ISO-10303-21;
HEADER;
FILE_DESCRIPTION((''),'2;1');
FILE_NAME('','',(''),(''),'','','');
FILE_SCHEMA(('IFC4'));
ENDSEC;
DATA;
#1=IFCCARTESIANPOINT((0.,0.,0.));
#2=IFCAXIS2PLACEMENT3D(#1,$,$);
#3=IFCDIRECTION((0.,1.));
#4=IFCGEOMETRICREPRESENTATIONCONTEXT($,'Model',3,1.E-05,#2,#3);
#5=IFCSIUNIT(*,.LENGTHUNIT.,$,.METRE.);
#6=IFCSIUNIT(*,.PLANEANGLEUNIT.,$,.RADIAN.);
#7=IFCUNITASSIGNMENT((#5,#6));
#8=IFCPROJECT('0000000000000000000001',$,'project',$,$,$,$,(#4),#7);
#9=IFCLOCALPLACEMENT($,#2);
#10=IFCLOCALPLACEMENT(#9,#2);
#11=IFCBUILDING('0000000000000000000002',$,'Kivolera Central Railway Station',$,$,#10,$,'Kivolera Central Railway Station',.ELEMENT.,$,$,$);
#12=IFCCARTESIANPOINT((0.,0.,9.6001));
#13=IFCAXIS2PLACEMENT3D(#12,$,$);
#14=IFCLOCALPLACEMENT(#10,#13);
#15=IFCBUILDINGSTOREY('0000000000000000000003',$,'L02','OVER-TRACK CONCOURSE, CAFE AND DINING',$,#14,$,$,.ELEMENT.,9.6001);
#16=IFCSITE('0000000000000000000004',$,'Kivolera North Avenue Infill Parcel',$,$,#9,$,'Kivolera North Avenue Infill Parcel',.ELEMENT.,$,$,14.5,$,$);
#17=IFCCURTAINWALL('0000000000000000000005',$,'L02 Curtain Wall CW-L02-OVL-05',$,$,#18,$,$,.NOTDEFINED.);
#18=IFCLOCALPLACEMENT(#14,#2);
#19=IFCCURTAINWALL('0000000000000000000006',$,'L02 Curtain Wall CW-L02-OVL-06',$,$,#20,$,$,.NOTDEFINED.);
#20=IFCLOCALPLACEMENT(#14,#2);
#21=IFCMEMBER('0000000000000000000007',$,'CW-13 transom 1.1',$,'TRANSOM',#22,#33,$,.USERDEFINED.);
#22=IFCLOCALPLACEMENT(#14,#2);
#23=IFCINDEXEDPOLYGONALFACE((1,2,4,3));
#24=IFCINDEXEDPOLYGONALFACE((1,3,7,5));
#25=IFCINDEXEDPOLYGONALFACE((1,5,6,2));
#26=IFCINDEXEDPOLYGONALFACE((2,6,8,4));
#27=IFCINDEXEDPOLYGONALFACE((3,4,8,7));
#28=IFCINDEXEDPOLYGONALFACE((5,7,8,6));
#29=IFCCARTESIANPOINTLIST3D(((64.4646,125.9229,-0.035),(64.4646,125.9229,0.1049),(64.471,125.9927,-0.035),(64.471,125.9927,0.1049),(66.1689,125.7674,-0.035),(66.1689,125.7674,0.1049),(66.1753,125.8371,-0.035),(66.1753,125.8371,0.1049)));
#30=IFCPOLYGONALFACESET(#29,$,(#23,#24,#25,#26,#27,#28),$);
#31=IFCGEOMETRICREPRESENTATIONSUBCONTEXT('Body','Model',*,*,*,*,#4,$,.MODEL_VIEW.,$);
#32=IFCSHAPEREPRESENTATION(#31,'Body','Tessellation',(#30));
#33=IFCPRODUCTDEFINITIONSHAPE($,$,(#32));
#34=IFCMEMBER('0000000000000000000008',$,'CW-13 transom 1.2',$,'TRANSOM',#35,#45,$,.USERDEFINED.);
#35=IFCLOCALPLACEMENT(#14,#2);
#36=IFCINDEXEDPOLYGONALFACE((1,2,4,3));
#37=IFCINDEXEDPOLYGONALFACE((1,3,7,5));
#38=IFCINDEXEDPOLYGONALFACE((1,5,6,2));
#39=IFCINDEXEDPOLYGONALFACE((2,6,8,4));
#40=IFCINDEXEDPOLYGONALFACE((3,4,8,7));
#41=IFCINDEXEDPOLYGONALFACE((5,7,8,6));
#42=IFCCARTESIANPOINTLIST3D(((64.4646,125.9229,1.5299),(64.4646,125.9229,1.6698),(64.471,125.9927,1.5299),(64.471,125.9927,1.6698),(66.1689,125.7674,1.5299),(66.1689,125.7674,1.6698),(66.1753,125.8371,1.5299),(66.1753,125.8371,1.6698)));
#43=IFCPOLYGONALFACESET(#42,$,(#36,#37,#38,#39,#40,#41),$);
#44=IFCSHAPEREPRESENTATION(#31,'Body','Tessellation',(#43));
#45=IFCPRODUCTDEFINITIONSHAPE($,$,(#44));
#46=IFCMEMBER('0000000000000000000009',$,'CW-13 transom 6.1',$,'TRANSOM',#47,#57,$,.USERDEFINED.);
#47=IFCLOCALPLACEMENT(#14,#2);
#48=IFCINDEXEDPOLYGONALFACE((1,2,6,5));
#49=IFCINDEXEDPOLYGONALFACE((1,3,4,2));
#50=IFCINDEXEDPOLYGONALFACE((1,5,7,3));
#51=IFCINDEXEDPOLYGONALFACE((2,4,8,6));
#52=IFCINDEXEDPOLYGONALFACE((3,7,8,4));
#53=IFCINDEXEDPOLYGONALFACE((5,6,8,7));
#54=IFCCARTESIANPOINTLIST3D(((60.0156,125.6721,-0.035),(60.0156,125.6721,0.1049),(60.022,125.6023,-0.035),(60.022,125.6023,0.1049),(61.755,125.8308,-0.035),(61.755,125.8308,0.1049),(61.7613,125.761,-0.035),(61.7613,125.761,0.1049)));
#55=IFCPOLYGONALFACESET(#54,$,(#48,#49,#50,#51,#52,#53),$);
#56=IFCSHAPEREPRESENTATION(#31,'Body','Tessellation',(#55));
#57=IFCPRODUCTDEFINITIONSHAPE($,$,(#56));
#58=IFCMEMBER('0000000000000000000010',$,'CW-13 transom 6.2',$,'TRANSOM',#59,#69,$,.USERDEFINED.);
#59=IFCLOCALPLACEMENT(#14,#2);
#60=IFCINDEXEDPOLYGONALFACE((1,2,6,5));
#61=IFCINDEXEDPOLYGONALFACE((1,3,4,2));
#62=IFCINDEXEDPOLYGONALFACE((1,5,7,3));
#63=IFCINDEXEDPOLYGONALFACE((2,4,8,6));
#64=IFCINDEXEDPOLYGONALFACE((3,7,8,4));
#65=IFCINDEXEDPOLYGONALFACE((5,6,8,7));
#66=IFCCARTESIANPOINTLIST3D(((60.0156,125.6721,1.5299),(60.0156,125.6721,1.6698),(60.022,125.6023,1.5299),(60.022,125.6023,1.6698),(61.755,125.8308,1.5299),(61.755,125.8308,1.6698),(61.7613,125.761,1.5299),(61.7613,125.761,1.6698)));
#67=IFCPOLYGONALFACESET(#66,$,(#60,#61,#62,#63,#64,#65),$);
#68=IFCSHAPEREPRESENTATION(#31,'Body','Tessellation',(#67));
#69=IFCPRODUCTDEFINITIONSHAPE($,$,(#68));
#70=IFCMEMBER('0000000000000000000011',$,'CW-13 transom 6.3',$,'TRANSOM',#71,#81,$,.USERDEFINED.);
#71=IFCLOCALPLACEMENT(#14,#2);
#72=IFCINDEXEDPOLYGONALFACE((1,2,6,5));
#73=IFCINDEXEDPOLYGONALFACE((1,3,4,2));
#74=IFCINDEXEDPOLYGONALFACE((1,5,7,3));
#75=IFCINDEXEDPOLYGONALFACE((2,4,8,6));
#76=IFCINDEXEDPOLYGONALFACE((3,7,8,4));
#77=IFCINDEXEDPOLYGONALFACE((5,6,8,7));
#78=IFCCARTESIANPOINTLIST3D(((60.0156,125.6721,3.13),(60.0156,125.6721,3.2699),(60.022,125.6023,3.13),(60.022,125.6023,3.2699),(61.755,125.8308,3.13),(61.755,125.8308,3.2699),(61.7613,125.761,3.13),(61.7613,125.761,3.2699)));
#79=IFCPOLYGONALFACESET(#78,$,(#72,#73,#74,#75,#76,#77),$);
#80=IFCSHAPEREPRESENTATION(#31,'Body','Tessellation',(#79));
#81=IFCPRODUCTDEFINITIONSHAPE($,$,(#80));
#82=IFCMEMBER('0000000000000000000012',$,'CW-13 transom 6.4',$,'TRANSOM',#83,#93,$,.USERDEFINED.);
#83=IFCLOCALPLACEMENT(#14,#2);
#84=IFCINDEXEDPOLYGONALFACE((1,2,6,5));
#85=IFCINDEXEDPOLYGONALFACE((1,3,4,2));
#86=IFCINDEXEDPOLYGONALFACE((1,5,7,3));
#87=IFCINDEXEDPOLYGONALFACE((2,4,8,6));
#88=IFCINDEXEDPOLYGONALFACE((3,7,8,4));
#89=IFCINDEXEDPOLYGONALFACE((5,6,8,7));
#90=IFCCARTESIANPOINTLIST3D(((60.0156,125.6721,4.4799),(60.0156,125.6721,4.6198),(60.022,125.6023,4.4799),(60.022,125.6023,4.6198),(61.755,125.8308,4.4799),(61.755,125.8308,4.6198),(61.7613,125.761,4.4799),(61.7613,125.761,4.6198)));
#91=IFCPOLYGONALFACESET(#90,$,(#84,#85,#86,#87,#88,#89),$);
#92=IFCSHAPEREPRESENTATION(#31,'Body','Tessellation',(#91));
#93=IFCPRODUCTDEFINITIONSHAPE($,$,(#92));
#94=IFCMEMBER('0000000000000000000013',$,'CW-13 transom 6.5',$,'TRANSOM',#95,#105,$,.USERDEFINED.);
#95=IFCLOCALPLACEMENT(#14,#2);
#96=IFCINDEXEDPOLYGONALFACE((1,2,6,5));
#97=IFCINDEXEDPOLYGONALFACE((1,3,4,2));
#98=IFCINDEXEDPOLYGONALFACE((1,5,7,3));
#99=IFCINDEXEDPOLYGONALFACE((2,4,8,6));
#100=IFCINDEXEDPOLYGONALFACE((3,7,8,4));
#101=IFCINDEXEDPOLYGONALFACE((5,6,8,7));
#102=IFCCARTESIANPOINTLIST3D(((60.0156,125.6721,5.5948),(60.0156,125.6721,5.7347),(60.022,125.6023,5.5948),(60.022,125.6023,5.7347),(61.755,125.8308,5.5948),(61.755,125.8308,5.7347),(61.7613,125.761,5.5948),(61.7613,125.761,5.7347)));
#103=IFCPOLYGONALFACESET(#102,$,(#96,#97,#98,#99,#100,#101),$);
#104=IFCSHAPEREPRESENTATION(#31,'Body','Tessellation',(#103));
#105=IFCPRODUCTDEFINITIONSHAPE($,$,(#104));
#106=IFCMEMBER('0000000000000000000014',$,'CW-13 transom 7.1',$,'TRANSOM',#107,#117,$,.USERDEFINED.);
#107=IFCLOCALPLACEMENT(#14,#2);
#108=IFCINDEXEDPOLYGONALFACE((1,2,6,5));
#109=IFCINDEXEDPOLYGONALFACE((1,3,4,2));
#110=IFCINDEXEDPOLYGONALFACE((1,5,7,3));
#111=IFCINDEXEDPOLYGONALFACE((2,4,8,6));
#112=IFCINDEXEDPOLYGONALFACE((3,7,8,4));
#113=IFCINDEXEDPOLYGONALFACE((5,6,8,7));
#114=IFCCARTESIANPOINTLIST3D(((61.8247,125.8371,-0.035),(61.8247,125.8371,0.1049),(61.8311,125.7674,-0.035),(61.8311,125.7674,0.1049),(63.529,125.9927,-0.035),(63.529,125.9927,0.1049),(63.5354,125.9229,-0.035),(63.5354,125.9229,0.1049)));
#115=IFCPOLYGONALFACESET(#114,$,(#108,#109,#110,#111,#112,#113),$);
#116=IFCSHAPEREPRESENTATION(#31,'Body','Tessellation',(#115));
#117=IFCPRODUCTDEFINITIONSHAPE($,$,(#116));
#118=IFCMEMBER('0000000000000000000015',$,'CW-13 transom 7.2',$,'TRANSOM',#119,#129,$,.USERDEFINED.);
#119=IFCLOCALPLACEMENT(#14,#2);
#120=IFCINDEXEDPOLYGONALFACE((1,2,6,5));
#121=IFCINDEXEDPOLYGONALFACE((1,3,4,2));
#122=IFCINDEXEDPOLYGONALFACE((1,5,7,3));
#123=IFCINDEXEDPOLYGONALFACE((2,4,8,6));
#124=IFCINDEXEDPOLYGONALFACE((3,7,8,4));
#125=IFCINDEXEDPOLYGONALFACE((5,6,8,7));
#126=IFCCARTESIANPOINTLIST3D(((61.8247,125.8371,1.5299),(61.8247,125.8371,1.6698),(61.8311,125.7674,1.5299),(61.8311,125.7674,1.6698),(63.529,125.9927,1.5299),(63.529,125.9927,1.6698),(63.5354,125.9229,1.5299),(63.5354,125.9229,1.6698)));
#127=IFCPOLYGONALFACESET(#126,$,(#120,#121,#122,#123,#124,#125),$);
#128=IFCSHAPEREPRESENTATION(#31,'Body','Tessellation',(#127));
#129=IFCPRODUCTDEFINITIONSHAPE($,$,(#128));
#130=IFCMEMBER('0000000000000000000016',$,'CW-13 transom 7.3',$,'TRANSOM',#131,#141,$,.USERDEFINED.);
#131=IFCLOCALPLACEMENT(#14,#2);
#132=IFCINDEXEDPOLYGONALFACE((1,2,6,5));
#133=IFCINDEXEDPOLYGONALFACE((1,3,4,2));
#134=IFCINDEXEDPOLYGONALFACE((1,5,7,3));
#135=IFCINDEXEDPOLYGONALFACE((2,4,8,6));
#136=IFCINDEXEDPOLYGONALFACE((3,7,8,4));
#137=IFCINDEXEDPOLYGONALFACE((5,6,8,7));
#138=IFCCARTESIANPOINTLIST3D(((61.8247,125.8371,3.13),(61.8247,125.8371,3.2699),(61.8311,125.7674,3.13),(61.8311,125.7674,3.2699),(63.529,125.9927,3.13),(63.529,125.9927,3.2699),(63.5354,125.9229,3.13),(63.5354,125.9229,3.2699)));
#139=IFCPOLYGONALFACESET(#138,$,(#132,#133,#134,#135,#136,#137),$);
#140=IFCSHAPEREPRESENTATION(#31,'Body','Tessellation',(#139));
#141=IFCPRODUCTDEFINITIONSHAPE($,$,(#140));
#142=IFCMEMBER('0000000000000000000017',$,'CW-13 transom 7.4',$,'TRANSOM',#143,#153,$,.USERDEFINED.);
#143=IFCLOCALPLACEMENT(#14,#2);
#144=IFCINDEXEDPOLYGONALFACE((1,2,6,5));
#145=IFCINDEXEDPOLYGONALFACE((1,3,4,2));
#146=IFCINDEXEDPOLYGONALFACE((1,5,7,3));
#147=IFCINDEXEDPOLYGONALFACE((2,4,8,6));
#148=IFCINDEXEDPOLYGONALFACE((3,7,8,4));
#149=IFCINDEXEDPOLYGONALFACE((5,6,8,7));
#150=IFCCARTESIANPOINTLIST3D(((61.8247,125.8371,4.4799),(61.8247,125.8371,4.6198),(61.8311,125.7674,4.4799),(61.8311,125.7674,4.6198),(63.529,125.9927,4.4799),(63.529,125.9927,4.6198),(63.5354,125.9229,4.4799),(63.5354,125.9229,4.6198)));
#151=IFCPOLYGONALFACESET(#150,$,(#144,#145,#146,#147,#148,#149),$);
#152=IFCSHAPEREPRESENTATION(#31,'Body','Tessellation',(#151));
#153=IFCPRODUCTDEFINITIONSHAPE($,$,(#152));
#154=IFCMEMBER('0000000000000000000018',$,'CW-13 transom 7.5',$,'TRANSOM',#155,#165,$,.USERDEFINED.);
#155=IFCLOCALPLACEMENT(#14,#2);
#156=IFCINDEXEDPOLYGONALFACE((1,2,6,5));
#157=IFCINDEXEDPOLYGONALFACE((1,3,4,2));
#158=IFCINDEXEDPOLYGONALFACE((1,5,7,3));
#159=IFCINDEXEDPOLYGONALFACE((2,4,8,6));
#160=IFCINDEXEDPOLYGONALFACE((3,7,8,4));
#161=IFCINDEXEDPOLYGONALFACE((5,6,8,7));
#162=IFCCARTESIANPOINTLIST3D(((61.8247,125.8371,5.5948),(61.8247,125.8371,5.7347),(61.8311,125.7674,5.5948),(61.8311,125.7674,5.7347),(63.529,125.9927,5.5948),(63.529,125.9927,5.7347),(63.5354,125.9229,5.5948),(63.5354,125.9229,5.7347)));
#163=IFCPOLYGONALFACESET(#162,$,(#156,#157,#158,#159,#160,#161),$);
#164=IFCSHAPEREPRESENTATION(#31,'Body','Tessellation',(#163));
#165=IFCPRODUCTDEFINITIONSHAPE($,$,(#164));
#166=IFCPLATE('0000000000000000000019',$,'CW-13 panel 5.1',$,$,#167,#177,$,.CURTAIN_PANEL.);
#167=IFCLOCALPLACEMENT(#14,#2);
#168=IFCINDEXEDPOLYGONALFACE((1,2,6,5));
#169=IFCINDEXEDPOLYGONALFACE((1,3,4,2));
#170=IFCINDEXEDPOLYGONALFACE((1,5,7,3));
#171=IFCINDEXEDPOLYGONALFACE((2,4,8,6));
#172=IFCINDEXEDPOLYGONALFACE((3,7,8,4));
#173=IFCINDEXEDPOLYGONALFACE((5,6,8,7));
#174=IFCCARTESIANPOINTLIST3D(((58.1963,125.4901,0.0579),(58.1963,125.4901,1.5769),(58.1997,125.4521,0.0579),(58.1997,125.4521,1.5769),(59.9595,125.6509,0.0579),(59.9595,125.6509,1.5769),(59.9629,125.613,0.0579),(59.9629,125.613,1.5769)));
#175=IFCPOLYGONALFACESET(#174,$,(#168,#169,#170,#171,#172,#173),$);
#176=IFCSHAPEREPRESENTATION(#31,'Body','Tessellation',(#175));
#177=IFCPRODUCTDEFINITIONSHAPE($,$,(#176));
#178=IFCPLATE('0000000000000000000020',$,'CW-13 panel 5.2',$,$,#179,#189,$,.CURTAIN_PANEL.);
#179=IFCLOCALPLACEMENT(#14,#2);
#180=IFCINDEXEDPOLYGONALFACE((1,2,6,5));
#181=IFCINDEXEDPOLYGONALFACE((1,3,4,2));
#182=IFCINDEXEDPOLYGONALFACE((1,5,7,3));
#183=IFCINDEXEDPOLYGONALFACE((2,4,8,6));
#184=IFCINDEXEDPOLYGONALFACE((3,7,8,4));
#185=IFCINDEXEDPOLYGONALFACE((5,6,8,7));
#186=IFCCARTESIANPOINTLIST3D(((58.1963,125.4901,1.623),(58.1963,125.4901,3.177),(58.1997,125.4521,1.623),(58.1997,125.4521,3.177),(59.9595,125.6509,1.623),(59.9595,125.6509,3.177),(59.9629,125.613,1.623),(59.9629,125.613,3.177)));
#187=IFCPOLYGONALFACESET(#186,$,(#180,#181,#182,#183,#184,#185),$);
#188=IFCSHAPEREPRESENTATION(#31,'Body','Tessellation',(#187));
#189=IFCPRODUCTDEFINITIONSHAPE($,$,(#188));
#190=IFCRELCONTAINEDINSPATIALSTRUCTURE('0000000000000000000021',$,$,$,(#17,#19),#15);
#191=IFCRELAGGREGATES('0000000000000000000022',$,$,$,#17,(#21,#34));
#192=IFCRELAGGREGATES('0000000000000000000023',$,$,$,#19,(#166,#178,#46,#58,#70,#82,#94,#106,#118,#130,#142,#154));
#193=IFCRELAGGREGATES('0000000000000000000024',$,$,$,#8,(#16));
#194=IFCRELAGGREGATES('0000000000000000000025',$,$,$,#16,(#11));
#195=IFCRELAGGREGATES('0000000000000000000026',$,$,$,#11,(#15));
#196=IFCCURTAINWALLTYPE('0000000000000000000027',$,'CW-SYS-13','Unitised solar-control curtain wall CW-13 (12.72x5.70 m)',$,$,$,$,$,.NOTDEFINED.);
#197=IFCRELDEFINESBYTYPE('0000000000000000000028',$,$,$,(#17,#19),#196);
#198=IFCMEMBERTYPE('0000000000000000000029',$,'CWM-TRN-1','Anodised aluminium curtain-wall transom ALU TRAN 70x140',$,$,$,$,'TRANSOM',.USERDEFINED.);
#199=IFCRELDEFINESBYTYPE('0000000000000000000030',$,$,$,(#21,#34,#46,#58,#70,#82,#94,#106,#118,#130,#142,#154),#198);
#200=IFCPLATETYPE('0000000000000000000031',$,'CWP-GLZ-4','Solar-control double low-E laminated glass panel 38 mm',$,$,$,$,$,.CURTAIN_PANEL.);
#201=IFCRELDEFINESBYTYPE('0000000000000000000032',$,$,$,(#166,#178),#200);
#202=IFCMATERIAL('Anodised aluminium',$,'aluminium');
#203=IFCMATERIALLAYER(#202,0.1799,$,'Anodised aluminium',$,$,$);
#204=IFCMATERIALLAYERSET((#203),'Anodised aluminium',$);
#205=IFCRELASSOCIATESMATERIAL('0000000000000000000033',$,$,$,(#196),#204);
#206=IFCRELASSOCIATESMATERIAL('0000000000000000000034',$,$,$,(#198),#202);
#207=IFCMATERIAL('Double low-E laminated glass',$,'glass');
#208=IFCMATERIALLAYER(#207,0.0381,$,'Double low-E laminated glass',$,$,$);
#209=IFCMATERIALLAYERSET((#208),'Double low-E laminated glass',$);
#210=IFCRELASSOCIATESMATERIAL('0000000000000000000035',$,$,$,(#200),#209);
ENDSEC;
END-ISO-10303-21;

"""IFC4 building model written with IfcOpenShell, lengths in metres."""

from ifc_helpers import new_model, si_unit, direction, frame, origin, origin_2d, place, context, subcontext, project, spatial, rectangle, extrude, material, layer, layer_set, material_profile, profile_set, type_object, element, aggregate, save


model = new_model("IFC4")

# Units and contexts
model_context = context("Model", 3, precision=1e-05, world=origin(), true_north=direction((0.0, 1.0)))
body_context = subcontext(model_context, "Body", "Model", "MODEL_VIEW")
ifc_project = project(units=[si_unit("LENGTHUNIT", "METRE"), si_unit("PLANEANGLEUNIT", "RADIAN")], contexts=[model_context])

# Site, building, storey
site_placement = place(None, origin())
site = spatial("IfcSite", under=ifc_project, at=site_placement, Name="Kivolera North Avenue Infill Parcel", LongName="Kivolera North Avenue Infill Parcel", CompositionType="ELEMENT", RefElevation=14.5)
building_placement = place(site_placement, origin())
building = spatial("IfcBuilding", under=site, at=building_placement, Name="Kivolera Central Railway Station", LongName="Kivolera Central Railway Station", CompositionType="ELEMENT")
storey_placement = place(building_placement, frame((0.0, 0.0, 9.6001)))
storey = spatial("IfcBuildingStorey", under=building, at=storey_placement, Name="L02", Description="OVER-TRACK CONCOURSE, CAFE AND DINING", CompositionType="ELEMENT", Elevation=9.6001)

# Curtain wall
ifc_material_1 = material(Name="Anodised aluminium", Category="aluminium")
ifc_layer_1 = layer(ifc_material_1, 0.1799, Name="Anodised aluminium")
ifc_layer_set_1 = layer_set([ifc_layer_1], Name="Anodised aluminium")
curtain_wall_type = type_object("IfcCurtainWallType", Name="CW-SYS-13", Description="Unitised solar-control curtain wall CW-13 (12.72x5.70 m)", PredefinedType="NOTDEFINED", material=ifc_layer_set_1)
curtain_wall_1_placement = place(storey_placement, origin())
curtain_wall_1 = element("IfcCurtainWall", 1, at=curtain_wall_1_placement, inside=storey, type_object=curtain_wall_type, Name="L02 Curtain Wall CW-L02-OVL-05", PredefinedType="NOTDEFINED")

# Curtain wall
curtain_wall_2_placement = place(storey_placement, origin())
curtain_wall_2 = element("IfcCurtainWall", 2, at=curtain_wall_2_placement, inside=storey, type_object=curtain_wall_type, Name="L02 Curtain Wall CW-L02-OVL-06", PredefinedType="NOTDEFINED")

# Members
ifc_material_profile_1 = material_profile(ifc_material_1, rectangle(XDim=0.0701, YDim=0.1399, at=origin_2d()), Name="ALU TRAN 70x140")
ifc_profile_set_1 = profile_set([ifc_material_profile_1], Name="Anodised aluminium")
member_type_1 = type_object("IfcMemberType", Name="CWM-TRN-1", Description="Anodised aluminium curtain-wall transom ALU TRAN 70x140", ElementType="TRANSOM", PredefinedType="USERDEFINED", material=ifc_profile_set_1)
member_1_placement = place(storey_placement, frame((64.4678, 125.9578, 0.0349), z_axis=(0.995863, -0.09087, 0.0), x_axis=(0.09087, 0.995863, 0.0)))
member_1 = element("IfcMember", 3, at=member_1_placement, type_object=member_type_1, Name="CW-13 transom 1.1", ObjectType="TRANSOM", PredefinedType="USERDEFINED", context=body_context, shape_type="SweptSolid", body=[
    extrude(rectangle(XDim=0.0701, YDim=0.1399, at=origin_2d()), origin(), (0.0, 0.0, 1.0), 1.7114),
])
member_2_placement = place(storey_placement, frame((64.4678, 125.9578, 1.5999), z_axis=(0.995863, -0.09087, 0.0), x_axis=(0.09087, 0.995863, 0.0)))
member_2 = element("IfcMember", 4, at=member_2_placement, type_object=member_type_1, Name="CW-13 transom 1.2", ObjectType="TRANSOM", PredefinedType="USERDEFINED", context=body_context, shape_type="SweptSolid", body=[
    extrude(rectangle(XDim=0.0701, YDim=0.1399, at=origin_2d()), origin(), (0.0, 0.0, 1.0), 1.7114),
])
aggregate(curtain_wall_1, [member_1, member_2])
member_3_placement = place(storey_placement, frame((60.0188, 125.6372, 0.0349), z_axis=(0.995863, 0.090863, 0.0), x_axis=(-0.090863, 0.995863, 0.0)))
member_3 = element("IfcMember", 5, at=member_3_placement, type_object=member_type_1, Name="CW-13 transom 6.1", ObjectType="TRANSOM", PredefinedType="USERDEFINED", context=body_context, shape_type="SweptSolid", body=[
    extrude(rectangle(XDim=0.0701, YDim=0.1399, at=origin_2d()), origin(), (0.0, 0.0, 1.0), 1.7466),
])
member_4_placement = place(storey_placement, frame((60.0188, 125.6372, 1.5999), z_axis=(0.995863, 0.090863, 0.0), x_axis=(-0.090863, 0.995863, 0.0)))
member_4 = element("IfcMember", 6, at=member_4_placement, type_object=member_type_1, Name="CW-13 transom 6.2", ObjectType="TRANSOM", PredefinedType="USERDEFINED", context=body_context, shape_type="SweptSolid", body=[
    extrude(rectangle(XDim=0.0701, YDim=0.1399, at=origin_2d()), origin(), (0.0, 0.0, 1.0), 1.7466),
])
member_5_placement = place(storey_placement, frame((60.0188, 125.6372, 3.2), z_axis=(0.995863, 0.090863, 0.0), x_axis=(-0.090863, 0.995863, 0.0)))
member_5 = element("IfcMember", 7, at=member_5_placement, type_object=member_type_1, Name="CW-13 transom 6.3", ObjectType="TRANSOM", PredefinedType="USERDEFINED", context=body_context, shape_type="SweptSolid", body=[
    extrude(rectangle(XDim=0.0701, YDim=0.1399, at=origin_2d()), origin(), (0.0, 0.0, 1.0), 1.7466),
])
member_6_placement = place(storey_placement, frame((60.0188, 125.6372, 4.5498), z_axis=(0.995863, 0.090863, 0.0), x_axis=(-0.090863, 0.995863, 0.0)))
member_6 = element("IfcMember", 8, at=member_6_placement, type_object=member_type_1, Name="CW-13 transom 6.4", ObjectType="TRANSOM", PredefinedType="USERDEFINED", context=body_context, shape_type="SweptSolid", body=[
    extrude(rectangle(XDim=0.0701, YDim=0.1399, at=origin_2d()), origin(), (0.0, 0.0, 1.0), 1.7466),
])
member_7_placement = place(storey_placement, frame((60.0188, 125.6372, 5.6648), z_axis=(0.995863, 0.090863, 0.0), x_axis=(-0.090863, 0.995863, 0.0)))
member_7 = element("IfcMember", 9, at=member_7_placement, type_object=member_type_1, Name="CW-13 transom 6.5", ObjectType="TRANSOM", PredefinedType="USERDEFINED", context=body_context, shape_type="SweptSolid", body=[
    extrude(rectangle(XDim=0.0701, YDim=0.1399, at=origin_2d()), origin(), (0.0, 0.0, 1.0), 1.7466),
])
member_8_placement = place(storey_placement, frame((61.8279, 125.8022, 0.0349), z_axis=(0.995863, 0.09087, 0.0), x_axis=(-0.09087, 0.995863, 0.0)))
member_8 = element("IfcMember", 10, at=member_8_placement, type_object=member_type_1, Name="CW-13 transom 7.1", ObjectType="TRANSOM", PredefinedType="USERDEFINED", context=body_context, shape_type="SweptSolid", body=[
    extrude(rectangle(XDim=0.0701, YDim=0.1399, at=origin_2d()), origin(), (0.0, 0.0, 1.0), 1.7114),
])
member_9_placement = place(storey_placement, frame((61.8279, 125.8022, 1.5999), z_axis=(0.995863, 0.09087, 0.0), x_axis=(-0.09087, 0.995863, 0.0)))
member_9 = element("IfcMember", 11, at=member_9_placement, type_object=member_type_1, Name="CW-13 transom 7.2", ObjectType="TRANSOM", PredefinedType="USERDEFINED", context=body_context, shape_type="SweptSolid", body=[
    extrude(rectangle(XDim=0.0701, YDim=0.1399, at=origin_2d()), origin(), (0.0, 0.0, 1.0), 1.7114),
])
member_10_placement = place(storey_placement, frame((61.8279, 125.8022, 3.2), z_axis=(0.995863, 0.09087, 0.0), x_axis=(-0.09087, 0.995863, 0.0)))
member_10 = element("IfcMember", 12, at=member_10_placement, type_object=member_type_1, Name="CW-13 transom 7.3", ObjectType="TRANSOM", PredefinedType="USERDEFINED", context=body_context, shape_type="SweptSolid", body=[
    extrude(rectangle(XDim=0.0701, YDim=0.1399, at=origin_2d()), origin(), (0.0, 0.0, 1.0), 1.7114),
])
member_11_placement = place(storey_placement, frame((61.8279, 125.8022, 4.5498), z_axis=(0.995863, 0.09087, 0.0), x_axis=(-0.09087, 0.995863, 0.0)))
member_11 = element("IfcMember", 13, at=member_11_placement, type_object=member_type_1, Name="CW-13 transom 7.4", ObjectType="TRANSOM", PredefinedType="USERDEFINED", context=body_context, shape_type="SweptSolid", body=[
    extrude(rectangle(XDim=0.0701, YDim=0.1399, at=origin_2d()), origin(), (0.0, 0.0, 1.0), 1.7114),
])
member_12_placement = place(storey_placement, frame((61.8279, 125.8022, 5.6648), z_axis=(0.995863, 0.09087, 0.0), x_axis=(-0.09087, 0.995863, 0.0)))
member_12 = element("IfcMember", 14, at=member_12_placement, type_object=member_type_1, Name="CW-13 transom 7.5", ObjectType="TRANSOM", PredefinedType="USERDEFINED", context=body_context, shape_type="SweptSolid", body=[
    extrude(rectangle(XDim=0.0701, YDim=0.1399, at=origin_2d()), origin(), (0.0, 0.0, 1.0), 1.7114),
])

# Plates
ifc_material_2 = material(Name="Double low-E laminated glass", Category="glass")
ifc_layer_2 = layer(ifc_material_2, 0.0381, Name="Double low-E laminated glass")
ifc_layer_set_2 = layer_set([ifc_layer_2], Name="Double low-E laminated glass")
plate_type = type_object("IfcPlateType", Name="CWP-GLZ-4", Description="Solar-control double low-E laminated glass panel 38 mm", PredefinedType="CURTAIN_PANEL", material=ifc_layer_set_2)
plate_1_placement = place(storey_placement, frame((59.0796, 125.5515, 0.0579), z_axis=(0.0, 0.0, 1.0), x_axis=(0.995866, 0.090834, 0.0)))
plate_1 = element("IfcPlate", 15, at=plate_1_placement, type_object=plate_type, Name="CW-13 panel 5.1", PredefinedType="CURTAIN_PANEL", context=body_context, shape_type="SweptSolid", body=[
    extrude(rectangle(XDim=1.7705, YDim=0.0381, at=origin_2d()), origin(), (0.0, 0.0, 1.0), 1.519),
])
plate_2_placement = place(storey_placement, frame((59.0796, 125.5515, 1.623), z_axis=(0.0, 0.0, 1.0), x_axis=(0.995866, 0.090834, 0.0)))
plate_2 = element("IfcPlate", 16, at=plate_2_placement, type_object=plate_type, Name="CW-13 panel 5.2", PredefinedType="CURTAIN_PANEL", context=body_context, shape_type="SweptSolid", body=[
    extrude(rectangle(XDim=1.7705, YDim=0.0381, at=origin_2d()), origin(), (0.0, 0.0, 1.0), 1.554),
])
aggregate(curtain_wall_2, [plate_1, plate_2, member_3, member_4, member_5, member_6, member_7, member_8, member_9, member_10, member_11, member_12])

save(model, "model.ifc")
